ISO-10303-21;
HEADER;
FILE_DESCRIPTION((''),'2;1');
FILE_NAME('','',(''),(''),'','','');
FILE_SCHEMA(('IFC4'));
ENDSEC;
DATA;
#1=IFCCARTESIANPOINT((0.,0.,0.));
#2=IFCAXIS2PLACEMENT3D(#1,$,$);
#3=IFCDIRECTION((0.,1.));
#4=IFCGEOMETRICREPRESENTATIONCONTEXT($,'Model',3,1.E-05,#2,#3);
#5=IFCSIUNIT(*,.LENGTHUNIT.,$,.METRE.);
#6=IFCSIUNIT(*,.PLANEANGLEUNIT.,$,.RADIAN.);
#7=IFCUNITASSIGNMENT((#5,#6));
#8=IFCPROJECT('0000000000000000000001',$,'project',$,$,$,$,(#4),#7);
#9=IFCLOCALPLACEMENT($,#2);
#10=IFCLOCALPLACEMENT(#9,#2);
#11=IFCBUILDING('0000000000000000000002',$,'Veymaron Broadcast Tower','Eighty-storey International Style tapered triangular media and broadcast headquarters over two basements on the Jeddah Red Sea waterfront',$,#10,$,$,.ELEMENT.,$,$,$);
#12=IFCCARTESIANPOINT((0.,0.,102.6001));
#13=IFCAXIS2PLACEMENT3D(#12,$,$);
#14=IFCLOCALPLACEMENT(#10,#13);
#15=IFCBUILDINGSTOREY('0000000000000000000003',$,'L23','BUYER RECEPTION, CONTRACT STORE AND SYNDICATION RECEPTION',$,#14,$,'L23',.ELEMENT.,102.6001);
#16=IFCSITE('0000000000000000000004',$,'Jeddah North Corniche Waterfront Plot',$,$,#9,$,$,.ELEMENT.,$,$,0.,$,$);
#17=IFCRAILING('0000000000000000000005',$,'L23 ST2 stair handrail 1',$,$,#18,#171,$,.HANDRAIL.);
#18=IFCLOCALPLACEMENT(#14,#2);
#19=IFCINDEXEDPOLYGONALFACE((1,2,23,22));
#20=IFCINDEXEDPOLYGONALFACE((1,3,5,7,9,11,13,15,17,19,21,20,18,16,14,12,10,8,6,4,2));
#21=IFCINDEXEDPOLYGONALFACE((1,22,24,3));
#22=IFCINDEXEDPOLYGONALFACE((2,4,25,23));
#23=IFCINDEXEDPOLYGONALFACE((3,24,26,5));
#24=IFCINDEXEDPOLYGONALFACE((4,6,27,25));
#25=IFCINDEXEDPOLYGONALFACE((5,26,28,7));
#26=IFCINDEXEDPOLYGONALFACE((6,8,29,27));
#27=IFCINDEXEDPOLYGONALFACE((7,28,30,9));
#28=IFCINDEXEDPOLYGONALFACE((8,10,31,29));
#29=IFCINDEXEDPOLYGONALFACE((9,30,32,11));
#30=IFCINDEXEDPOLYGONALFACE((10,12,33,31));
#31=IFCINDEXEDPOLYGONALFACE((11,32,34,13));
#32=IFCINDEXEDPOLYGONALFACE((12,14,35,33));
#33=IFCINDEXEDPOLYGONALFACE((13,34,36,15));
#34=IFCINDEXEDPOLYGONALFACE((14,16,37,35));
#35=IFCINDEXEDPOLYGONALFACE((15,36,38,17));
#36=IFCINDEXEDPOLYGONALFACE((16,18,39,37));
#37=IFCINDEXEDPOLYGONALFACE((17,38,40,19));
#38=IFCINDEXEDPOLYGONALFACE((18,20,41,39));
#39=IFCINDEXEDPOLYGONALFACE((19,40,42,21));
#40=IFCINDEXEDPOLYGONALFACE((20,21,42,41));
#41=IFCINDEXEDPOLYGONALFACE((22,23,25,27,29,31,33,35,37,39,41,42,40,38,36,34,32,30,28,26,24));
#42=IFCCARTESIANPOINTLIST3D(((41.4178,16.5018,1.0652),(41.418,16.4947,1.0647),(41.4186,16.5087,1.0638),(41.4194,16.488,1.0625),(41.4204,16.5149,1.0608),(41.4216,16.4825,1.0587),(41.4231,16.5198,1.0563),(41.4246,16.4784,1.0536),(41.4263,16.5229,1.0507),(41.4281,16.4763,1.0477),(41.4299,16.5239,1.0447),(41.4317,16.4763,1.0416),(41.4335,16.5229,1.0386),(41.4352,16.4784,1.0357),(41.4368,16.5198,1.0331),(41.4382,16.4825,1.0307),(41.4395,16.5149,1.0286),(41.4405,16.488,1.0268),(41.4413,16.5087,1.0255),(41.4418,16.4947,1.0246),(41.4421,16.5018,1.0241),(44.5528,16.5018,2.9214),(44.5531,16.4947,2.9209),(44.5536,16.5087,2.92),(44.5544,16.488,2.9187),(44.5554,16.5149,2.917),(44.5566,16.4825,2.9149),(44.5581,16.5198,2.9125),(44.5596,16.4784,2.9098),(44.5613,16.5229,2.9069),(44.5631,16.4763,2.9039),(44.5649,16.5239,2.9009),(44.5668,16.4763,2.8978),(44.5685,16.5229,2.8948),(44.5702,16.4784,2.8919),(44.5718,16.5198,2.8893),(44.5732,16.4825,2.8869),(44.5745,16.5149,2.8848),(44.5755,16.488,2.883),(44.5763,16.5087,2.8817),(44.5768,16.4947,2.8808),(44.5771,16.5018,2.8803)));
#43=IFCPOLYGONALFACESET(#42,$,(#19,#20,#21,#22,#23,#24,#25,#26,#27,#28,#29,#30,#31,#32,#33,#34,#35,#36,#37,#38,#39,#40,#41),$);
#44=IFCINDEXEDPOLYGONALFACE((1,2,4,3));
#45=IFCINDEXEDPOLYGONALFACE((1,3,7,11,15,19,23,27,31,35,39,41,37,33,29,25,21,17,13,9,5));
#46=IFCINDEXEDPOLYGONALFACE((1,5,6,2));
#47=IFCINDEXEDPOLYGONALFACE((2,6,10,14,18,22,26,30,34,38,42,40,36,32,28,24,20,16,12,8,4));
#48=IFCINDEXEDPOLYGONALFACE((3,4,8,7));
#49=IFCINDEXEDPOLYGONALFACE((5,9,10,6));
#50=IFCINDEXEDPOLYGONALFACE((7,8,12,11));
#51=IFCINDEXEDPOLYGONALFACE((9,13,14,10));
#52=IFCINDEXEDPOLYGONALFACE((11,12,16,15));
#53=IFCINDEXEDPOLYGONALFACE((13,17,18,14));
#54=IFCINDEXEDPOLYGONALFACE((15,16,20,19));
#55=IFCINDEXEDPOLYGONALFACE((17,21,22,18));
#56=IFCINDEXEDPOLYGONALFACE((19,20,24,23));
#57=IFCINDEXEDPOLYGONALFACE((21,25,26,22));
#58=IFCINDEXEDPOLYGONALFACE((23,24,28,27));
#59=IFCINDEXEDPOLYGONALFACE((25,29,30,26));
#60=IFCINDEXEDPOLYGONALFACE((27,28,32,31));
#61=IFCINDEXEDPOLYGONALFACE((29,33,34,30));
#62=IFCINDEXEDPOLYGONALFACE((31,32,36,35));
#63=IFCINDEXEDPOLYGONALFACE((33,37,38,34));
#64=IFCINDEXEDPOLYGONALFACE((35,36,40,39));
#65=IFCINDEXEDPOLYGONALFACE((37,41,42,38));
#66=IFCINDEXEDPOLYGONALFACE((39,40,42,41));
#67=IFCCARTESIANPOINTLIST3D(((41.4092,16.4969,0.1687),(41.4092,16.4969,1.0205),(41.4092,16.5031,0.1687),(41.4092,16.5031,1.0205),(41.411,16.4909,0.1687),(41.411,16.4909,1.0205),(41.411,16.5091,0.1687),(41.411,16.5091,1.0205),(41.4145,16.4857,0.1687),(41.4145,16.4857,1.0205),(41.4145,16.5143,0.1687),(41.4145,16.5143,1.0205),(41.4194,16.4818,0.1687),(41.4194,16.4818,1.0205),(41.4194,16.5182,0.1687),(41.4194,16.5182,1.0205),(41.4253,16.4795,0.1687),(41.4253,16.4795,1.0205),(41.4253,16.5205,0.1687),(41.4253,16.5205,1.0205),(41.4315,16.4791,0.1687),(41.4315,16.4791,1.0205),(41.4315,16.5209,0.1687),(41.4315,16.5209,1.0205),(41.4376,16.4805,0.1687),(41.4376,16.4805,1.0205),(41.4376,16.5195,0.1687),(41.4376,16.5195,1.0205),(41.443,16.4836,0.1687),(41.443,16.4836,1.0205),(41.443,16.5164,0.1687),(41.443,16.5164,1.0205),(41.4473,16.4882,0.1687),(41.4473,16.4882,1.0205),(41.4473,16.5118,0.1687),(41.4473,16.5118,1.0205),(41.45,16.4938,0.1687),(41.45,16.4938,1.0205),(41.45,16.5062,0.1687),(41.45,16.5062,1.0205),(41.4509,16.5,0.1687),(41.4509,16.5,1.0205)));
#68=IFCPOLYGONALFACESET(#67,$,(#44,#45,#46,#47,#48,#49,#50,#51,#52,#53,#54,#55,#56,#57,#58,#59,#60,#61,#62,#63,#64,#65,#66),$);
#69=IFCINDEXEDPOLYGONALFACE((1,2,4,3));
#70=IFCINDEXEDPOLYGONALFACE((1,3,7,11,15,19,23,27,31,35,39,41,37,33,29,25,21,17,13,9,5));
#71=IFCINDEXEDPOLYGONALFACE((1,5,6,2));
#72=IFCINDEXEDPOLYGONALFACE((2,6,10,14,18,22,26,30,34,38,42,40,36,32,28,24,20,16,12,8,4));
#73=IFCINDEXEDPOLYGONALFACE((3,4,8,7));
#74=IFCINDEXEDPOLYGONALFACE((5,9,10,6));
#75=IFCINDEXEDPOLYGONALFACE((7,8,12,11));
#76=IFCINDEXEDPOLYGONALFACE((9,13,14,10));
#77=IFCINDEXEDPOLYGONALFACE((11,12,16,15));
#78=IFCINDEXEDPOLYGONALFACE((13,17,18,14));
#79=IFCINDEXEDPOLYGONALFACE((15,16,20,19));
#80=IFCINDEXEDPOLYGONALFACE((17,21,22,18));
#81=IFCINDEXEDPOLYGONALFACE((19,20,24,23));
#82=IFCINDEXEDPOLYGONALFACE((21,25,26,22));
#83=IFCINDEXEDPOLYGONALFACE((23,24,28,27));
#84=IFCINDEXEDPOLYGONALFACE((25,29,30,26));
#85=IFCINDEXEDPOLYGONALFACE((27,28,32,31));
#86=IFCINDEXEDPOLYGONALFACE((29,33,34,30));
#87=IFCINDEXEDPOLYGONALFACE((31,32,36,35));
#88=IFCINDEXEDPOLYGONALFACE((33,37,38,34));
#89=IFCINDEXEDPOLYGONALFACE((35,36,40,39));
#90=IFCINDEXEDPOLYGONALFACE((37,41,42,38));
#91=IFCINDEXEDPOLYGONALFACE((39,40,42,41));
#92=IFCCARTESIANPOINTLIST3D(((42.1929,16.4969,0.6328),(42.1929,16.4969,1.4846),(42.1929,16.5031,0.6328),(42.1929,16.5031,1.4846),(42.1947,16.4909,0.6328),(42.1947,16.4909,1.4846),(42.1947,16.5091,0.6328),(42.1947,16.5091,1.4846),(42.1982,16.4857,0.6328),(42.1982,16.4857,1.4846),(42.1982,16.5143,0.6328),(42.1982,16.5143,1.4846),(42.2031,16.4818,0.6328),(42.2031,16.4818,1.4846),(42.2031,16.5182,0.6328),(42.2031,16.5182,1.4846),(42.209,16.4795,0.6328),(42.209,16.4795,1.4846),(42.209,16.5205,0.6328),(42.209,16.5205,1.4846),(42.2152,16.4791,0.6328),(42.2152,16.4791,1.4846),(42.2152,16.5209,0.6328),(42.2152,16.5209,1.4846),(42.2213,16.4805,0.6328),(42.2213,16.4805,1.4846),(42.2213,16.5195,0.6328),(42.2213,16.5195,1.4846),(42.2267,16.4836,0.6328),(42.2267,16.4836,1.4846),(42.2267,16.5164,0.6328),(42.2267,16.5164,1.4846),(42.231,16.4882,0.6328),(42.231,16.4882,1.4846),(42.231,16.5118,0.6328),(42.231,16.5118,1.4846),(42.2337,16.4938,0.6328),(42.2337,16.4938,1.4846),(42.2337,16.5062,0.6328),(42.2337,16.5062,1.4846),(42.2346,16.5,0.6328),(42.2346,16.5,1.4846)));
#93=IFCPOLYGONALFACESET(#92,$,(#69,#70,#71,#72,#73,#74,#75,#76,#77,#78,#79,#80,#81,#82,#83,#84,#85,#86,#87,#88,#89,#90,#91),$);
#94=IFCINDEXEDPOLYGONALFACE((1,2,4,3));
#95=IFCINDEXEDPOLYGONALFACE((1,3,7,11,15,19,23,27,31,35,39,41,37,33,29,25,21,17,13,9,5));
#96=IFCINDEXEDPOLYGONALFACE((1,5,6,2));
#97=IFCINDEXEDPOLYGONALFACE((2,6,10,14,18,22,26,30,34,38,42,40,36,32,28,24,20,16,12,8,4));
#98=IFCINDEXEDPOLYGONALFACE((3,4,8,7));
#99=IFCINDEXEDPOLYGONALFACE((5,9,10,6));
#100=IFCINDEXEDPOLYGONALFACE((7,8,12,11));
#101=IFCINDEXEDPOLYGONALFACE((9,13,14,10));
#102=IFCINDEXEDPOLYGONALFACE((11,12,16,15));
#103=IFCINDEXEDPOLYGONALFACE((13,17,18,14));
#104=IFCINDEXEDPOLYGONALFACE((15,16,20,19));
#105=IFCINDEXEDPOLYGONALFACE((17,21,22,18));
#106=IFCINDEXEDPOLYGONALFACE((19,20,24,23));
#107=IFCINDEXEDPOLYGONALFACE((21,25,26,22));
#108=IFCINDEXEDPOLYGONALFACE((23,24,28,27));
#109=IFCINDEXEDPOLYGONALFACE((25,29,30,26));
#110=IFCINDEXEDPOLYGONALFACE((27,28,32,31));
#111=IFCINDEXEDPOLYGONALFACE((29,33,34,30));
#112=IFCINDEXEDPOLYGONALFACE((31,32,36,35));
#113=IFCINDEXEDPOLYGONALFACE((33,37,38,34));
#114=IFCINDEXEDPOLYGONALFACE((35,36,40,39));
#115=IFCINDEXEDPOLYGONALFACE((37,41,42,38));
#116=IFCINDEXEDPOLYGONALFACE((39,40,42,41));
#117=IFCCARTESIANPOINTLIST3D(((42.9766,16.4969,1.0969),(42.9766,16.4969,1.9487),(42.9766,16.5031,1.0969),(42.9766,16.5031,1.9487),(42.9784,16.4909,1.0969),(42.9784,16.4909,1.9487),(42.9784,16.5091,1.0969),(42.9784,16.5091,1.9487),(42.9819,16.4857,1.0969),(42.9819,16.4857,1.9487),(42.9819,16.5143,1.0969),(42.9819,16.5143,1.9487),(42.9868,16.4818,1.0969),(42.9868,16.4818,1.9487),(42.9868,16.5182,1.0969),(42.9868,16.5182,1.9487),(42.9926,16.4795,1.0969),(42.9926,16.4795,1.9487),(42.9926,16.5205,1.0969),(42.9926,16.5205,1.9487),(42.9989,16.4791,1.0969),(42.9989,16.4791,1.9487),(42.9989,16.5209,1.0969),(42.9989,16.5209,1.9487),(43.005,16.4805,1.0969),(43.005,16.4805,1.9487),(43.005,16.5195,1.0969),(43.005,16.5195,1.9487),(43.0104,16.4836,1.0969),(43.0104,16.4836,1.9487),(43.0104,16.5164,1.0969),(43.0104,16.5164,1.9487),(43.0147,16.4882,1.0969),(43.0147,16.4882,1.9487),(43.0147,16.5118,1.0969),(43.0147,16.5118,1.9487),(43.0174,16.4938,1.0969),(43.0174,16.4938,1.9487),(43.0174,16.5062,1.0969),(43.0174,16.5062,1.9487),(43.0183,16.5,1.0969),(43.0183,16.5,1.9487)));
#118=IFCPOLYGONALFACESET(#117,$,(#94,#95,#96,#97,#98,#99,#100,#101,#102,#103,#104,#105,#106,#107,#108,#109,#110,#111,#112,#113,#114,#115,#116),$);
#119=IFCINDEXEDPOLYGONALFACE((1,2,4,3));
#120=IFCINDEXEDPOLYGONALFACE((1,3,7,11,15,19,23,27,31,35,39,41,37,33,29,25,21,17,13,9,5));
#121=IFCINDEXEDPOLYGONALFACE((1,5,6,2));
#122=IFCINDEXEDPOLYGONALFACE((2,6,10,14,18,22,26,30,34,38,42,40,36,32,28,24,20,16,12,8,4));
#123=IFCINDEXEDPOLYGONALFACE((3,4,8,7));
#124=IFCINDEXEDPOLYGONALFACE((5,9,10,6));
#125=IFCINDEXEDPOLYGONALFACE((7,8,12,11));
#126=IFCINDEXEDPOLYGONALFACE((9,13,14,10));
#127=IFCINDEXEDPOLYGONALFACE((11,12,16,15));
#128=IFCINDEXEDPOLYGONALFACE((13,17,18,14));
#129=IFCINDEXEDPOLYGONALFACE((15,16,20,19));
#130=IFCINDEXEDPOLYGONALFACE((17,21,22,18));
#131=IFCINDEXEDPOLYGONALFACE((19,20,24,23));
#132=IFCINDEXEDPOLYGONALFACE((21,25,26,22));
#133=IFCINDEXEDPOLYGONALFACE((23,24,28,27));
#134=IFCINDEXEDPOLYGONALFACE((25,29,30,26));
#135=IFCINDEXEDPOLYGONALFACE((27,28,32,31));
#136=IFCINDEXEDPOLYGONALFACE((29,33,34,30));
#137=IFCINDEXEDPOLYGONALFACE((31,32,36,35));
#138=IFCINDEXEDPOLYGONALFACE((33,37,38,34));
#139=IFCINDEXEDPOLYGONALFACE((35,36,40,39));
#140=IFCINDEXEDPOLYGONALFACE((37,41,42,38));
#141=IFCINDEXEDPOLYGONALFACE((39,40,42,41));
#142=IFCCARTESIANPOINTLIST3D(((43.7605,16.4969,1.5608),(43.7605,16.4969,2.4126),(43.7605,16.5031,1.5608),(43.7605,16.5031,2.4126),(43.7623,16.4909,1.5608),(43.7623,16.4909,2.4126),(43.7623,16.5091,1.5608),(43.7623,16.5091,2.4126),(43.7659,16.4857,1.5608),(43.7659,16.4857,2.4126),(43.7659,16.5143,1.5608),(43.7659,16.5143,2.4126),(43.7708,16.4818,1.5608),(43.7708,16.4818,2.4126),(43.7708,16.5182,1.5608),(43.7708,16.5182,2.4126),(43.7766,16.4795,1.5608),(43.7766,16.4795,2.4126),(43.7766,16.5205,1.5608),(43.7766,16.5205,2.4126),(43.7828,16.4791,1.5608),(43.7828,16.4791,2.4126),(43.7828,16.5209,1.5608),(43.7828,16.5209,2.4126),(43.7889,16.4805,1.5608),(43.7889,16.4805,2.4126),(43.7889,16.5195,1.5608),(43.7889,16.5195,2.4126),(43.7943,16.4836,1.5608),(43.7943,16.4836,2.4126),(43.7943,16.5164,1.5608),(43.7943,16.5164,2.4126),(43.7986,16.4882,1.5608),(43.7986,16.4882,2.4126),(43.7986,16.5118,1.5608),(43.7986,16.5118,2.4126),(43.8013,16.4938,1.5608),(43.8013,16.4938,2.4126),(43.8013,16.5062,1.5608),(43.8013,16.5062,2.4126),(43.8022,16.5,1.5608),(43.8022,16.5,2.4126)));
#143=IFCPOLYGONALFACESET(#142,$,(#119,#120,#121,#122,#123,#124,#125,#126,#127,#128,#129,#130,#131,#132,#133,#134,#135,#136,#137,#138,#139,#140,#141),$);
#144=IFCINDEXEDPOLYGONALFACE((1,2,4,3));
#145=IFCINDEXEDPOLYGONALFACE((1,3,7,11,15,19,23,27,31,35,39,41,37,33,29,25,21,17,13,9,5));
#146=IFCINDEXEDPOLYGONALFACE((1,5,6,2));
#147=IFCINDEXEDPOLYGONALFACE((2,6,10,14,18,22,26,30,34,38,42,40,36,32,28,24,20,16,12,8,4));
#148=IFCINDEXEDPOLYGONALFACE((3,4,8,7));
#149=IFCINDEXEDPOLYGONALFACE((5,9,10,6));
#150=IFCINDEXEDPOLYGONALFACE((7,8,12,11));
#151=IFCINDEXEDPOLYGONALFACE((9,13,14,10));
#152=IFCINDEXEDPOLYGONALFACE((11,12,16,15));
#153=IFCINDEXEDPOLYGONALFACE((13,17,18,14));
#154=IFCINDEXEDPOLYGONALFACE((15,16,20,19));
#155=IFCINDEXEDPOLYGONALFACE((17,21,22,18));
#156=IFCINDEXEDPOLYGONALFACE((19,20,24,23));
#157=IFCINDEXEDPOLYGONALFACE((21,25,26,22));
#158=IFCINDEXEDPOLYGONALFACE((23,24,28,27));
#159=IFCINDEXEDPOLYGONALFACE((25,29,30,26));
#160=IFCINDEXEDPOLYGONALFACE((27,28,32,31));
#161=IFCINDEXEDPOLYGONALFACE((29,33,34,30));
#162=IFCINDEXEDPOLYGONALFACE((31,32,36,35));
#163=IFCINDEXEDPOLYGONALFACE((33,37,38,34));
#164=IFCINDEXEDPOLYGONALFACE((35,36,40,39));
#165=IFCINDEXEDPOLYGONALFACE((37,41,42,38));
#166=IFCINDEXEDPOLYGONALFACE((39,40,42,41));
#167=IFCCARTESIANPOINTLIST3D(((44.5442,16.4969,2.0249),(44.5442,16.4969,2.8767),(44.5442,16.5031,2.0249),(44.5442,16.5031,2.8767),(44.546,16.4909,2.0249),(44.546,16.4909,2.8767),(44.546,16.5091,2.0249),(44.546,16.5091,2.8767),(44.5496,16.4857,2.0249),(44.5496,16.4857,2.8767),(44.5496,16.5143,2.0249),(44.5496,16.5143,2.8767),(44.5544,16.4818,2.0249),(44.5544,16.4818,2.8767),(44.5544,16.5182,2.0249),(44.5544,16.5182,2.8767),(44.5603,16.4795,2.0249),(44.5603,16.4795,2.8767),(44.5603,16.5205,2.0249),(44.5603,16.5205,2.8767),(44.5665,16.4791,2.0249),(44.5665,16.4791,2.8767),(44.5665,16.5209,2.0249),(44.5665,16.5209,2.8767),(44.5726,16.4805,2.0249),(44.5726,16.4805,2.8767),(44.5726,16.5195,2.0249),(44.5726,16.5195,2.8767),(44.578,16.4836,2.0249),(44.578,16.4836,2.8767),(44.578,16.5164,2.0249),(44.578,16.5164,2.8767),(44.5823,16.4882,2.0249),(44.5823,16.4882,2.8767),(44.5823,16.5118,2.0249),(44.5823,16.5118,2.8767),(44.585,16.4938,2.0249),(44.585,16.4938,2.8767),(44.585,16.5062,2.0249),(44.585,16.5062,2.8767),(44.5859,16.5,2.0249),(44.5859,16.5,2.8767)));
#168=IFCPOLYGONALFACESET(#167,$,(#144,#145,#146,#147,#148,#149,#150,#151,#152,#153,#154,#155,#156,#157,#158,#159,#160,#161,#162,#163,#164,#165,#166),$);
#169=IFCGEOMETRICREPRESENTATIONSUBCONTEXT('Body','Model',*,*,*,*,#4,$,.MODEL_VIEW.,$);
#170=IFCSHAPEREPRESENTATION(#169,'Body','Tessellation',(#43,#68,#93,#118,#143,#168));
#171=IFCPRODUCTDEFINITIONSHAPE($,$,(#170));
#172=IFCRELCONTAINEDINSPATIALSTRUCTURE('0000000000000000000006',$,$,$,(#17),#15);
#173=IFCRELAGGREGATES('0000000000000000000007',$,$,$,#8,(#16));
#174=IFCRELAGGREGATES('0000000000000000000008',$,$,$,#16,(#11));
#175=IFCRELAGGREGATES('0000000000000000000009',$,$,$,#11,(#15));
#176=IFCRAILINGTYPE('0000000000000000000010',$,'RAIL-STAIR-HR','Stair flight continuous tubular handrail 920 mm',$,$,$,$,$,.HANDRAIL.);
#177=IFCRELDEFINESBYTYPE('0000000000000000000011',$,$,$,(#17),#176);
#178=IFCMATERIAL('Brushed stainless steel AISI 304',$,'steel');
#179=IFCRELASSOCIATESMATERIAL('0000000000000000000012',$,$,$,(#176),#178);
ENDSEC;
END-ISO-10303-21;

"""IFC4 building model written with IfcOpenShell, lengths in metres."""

from ifc_helpers import new_model, si_unit, direction, frame, origin, origin_2d, place, context, subcontext, project, spatial, circle, extrude, material, type_object, element, save


model = new_model("IFC4")

# Units and contexts
model_context = context("Model", 3, precision=1e-05, world=origin(), true_north=direction((0.0, 1.0)))
body_context = subcontext(model_context, "Body", "Model", "MODEL_VIEW")
ifc_project = project(units=[si_unit("LENGTHUNIT", "METRE"), si_unit("PLANEANGLEUNIT", "RADIAN")], contexts=[model_context])

# Site, building, storey
site_placement = place(None, origin())
site = spatial("IfcSite", under=ifc_project, at=site_placement, Name="Jeddah North Corniche Waterfront Plot", CompositionType="ELEMENT", RefElevation=0.0)
building_placement = place(site_placement, origin())
building = spatial("IfcBuilding", under=site, at=building_placement, Name="Veymaron Broadcast Tower", Description="Eighty-storey International Style tapered triangular media and broadcast headquarters over two basements on the Jeddah Red Sea waterfront", CompositionType="ELEMENT")
storey_placement = place(building_placement, frame((0.0, 0.0, 102.6001)))
storey = spatial("IfcBuildingStorey", under=building, at=storey_placement, Name="L23", Description="BUYER RECEPTION, CONTRACT STORE AND SYNDICATION RECEPTION", LongName="L23", CompositionType="ELEMENT", Elevation=102.6001)

# Shared definitions
ifc_material_1 = material(Name="Brushed stainless steel AISI 304", Category="steel")

# Railing
railing_type_1 = type_object("IfcRailingType", Name="RAIL-STAIR-HR", Description="Stair flight continuous tubular handrail 920 mm", PredefinedType="HANDRAIL", material=ifc_material_1)
railing_1_placement = place(storey_placement, frame((41.4299, 16.5, 0.1687)))
element("IfcRailing", 1, at=railing_1_placement, inside=storey, type_object=railing_type_1, Name="L23 ST2 stair handrail 1", PredefinedType="HANDRAIL", context=body_context, shape_type="SweptSolid", body=[
    extrude(circle(Radius=0.0239, at=origin_2d()), frame((0.0, 0.0, 0.876), z_axis=(0.860482, 0.0, 0.509481), x_axis=(0.0, 1.0, 0.0)), (0.0, 0.0, 1.0), 3.6433),
    extrude(circle(Radius=0.021, at=origin_2d()), origin(), (0.0, 0.0, 1.0), 0.8518),
    extrude(circle(Radius=0.021, at=origin_2d()), frame((0.7837, 0.0, 0.4641)), (0.0, 0.0, 1.0), 0.8518),
    extrude(circle(Radius=0.021, at=origin_2d()), frame((1.5674, 0.0, 0.9282)), (0.0, 0.0, 1.0), 0.8518),
    extrude(circle(Radius=0.021, at=origin_2d()), frame((2.3513, 0.0, 1.3921)), (0.0, 0.0, 1.0), 0.8518),
    extrude(circle(Radius=0.021, at=origin_2d()), frame((3.135, 0.0, 1.8562)), (0.0, 0.0, 1.0), 0.8518),
])

save(model, "model.ifc")
